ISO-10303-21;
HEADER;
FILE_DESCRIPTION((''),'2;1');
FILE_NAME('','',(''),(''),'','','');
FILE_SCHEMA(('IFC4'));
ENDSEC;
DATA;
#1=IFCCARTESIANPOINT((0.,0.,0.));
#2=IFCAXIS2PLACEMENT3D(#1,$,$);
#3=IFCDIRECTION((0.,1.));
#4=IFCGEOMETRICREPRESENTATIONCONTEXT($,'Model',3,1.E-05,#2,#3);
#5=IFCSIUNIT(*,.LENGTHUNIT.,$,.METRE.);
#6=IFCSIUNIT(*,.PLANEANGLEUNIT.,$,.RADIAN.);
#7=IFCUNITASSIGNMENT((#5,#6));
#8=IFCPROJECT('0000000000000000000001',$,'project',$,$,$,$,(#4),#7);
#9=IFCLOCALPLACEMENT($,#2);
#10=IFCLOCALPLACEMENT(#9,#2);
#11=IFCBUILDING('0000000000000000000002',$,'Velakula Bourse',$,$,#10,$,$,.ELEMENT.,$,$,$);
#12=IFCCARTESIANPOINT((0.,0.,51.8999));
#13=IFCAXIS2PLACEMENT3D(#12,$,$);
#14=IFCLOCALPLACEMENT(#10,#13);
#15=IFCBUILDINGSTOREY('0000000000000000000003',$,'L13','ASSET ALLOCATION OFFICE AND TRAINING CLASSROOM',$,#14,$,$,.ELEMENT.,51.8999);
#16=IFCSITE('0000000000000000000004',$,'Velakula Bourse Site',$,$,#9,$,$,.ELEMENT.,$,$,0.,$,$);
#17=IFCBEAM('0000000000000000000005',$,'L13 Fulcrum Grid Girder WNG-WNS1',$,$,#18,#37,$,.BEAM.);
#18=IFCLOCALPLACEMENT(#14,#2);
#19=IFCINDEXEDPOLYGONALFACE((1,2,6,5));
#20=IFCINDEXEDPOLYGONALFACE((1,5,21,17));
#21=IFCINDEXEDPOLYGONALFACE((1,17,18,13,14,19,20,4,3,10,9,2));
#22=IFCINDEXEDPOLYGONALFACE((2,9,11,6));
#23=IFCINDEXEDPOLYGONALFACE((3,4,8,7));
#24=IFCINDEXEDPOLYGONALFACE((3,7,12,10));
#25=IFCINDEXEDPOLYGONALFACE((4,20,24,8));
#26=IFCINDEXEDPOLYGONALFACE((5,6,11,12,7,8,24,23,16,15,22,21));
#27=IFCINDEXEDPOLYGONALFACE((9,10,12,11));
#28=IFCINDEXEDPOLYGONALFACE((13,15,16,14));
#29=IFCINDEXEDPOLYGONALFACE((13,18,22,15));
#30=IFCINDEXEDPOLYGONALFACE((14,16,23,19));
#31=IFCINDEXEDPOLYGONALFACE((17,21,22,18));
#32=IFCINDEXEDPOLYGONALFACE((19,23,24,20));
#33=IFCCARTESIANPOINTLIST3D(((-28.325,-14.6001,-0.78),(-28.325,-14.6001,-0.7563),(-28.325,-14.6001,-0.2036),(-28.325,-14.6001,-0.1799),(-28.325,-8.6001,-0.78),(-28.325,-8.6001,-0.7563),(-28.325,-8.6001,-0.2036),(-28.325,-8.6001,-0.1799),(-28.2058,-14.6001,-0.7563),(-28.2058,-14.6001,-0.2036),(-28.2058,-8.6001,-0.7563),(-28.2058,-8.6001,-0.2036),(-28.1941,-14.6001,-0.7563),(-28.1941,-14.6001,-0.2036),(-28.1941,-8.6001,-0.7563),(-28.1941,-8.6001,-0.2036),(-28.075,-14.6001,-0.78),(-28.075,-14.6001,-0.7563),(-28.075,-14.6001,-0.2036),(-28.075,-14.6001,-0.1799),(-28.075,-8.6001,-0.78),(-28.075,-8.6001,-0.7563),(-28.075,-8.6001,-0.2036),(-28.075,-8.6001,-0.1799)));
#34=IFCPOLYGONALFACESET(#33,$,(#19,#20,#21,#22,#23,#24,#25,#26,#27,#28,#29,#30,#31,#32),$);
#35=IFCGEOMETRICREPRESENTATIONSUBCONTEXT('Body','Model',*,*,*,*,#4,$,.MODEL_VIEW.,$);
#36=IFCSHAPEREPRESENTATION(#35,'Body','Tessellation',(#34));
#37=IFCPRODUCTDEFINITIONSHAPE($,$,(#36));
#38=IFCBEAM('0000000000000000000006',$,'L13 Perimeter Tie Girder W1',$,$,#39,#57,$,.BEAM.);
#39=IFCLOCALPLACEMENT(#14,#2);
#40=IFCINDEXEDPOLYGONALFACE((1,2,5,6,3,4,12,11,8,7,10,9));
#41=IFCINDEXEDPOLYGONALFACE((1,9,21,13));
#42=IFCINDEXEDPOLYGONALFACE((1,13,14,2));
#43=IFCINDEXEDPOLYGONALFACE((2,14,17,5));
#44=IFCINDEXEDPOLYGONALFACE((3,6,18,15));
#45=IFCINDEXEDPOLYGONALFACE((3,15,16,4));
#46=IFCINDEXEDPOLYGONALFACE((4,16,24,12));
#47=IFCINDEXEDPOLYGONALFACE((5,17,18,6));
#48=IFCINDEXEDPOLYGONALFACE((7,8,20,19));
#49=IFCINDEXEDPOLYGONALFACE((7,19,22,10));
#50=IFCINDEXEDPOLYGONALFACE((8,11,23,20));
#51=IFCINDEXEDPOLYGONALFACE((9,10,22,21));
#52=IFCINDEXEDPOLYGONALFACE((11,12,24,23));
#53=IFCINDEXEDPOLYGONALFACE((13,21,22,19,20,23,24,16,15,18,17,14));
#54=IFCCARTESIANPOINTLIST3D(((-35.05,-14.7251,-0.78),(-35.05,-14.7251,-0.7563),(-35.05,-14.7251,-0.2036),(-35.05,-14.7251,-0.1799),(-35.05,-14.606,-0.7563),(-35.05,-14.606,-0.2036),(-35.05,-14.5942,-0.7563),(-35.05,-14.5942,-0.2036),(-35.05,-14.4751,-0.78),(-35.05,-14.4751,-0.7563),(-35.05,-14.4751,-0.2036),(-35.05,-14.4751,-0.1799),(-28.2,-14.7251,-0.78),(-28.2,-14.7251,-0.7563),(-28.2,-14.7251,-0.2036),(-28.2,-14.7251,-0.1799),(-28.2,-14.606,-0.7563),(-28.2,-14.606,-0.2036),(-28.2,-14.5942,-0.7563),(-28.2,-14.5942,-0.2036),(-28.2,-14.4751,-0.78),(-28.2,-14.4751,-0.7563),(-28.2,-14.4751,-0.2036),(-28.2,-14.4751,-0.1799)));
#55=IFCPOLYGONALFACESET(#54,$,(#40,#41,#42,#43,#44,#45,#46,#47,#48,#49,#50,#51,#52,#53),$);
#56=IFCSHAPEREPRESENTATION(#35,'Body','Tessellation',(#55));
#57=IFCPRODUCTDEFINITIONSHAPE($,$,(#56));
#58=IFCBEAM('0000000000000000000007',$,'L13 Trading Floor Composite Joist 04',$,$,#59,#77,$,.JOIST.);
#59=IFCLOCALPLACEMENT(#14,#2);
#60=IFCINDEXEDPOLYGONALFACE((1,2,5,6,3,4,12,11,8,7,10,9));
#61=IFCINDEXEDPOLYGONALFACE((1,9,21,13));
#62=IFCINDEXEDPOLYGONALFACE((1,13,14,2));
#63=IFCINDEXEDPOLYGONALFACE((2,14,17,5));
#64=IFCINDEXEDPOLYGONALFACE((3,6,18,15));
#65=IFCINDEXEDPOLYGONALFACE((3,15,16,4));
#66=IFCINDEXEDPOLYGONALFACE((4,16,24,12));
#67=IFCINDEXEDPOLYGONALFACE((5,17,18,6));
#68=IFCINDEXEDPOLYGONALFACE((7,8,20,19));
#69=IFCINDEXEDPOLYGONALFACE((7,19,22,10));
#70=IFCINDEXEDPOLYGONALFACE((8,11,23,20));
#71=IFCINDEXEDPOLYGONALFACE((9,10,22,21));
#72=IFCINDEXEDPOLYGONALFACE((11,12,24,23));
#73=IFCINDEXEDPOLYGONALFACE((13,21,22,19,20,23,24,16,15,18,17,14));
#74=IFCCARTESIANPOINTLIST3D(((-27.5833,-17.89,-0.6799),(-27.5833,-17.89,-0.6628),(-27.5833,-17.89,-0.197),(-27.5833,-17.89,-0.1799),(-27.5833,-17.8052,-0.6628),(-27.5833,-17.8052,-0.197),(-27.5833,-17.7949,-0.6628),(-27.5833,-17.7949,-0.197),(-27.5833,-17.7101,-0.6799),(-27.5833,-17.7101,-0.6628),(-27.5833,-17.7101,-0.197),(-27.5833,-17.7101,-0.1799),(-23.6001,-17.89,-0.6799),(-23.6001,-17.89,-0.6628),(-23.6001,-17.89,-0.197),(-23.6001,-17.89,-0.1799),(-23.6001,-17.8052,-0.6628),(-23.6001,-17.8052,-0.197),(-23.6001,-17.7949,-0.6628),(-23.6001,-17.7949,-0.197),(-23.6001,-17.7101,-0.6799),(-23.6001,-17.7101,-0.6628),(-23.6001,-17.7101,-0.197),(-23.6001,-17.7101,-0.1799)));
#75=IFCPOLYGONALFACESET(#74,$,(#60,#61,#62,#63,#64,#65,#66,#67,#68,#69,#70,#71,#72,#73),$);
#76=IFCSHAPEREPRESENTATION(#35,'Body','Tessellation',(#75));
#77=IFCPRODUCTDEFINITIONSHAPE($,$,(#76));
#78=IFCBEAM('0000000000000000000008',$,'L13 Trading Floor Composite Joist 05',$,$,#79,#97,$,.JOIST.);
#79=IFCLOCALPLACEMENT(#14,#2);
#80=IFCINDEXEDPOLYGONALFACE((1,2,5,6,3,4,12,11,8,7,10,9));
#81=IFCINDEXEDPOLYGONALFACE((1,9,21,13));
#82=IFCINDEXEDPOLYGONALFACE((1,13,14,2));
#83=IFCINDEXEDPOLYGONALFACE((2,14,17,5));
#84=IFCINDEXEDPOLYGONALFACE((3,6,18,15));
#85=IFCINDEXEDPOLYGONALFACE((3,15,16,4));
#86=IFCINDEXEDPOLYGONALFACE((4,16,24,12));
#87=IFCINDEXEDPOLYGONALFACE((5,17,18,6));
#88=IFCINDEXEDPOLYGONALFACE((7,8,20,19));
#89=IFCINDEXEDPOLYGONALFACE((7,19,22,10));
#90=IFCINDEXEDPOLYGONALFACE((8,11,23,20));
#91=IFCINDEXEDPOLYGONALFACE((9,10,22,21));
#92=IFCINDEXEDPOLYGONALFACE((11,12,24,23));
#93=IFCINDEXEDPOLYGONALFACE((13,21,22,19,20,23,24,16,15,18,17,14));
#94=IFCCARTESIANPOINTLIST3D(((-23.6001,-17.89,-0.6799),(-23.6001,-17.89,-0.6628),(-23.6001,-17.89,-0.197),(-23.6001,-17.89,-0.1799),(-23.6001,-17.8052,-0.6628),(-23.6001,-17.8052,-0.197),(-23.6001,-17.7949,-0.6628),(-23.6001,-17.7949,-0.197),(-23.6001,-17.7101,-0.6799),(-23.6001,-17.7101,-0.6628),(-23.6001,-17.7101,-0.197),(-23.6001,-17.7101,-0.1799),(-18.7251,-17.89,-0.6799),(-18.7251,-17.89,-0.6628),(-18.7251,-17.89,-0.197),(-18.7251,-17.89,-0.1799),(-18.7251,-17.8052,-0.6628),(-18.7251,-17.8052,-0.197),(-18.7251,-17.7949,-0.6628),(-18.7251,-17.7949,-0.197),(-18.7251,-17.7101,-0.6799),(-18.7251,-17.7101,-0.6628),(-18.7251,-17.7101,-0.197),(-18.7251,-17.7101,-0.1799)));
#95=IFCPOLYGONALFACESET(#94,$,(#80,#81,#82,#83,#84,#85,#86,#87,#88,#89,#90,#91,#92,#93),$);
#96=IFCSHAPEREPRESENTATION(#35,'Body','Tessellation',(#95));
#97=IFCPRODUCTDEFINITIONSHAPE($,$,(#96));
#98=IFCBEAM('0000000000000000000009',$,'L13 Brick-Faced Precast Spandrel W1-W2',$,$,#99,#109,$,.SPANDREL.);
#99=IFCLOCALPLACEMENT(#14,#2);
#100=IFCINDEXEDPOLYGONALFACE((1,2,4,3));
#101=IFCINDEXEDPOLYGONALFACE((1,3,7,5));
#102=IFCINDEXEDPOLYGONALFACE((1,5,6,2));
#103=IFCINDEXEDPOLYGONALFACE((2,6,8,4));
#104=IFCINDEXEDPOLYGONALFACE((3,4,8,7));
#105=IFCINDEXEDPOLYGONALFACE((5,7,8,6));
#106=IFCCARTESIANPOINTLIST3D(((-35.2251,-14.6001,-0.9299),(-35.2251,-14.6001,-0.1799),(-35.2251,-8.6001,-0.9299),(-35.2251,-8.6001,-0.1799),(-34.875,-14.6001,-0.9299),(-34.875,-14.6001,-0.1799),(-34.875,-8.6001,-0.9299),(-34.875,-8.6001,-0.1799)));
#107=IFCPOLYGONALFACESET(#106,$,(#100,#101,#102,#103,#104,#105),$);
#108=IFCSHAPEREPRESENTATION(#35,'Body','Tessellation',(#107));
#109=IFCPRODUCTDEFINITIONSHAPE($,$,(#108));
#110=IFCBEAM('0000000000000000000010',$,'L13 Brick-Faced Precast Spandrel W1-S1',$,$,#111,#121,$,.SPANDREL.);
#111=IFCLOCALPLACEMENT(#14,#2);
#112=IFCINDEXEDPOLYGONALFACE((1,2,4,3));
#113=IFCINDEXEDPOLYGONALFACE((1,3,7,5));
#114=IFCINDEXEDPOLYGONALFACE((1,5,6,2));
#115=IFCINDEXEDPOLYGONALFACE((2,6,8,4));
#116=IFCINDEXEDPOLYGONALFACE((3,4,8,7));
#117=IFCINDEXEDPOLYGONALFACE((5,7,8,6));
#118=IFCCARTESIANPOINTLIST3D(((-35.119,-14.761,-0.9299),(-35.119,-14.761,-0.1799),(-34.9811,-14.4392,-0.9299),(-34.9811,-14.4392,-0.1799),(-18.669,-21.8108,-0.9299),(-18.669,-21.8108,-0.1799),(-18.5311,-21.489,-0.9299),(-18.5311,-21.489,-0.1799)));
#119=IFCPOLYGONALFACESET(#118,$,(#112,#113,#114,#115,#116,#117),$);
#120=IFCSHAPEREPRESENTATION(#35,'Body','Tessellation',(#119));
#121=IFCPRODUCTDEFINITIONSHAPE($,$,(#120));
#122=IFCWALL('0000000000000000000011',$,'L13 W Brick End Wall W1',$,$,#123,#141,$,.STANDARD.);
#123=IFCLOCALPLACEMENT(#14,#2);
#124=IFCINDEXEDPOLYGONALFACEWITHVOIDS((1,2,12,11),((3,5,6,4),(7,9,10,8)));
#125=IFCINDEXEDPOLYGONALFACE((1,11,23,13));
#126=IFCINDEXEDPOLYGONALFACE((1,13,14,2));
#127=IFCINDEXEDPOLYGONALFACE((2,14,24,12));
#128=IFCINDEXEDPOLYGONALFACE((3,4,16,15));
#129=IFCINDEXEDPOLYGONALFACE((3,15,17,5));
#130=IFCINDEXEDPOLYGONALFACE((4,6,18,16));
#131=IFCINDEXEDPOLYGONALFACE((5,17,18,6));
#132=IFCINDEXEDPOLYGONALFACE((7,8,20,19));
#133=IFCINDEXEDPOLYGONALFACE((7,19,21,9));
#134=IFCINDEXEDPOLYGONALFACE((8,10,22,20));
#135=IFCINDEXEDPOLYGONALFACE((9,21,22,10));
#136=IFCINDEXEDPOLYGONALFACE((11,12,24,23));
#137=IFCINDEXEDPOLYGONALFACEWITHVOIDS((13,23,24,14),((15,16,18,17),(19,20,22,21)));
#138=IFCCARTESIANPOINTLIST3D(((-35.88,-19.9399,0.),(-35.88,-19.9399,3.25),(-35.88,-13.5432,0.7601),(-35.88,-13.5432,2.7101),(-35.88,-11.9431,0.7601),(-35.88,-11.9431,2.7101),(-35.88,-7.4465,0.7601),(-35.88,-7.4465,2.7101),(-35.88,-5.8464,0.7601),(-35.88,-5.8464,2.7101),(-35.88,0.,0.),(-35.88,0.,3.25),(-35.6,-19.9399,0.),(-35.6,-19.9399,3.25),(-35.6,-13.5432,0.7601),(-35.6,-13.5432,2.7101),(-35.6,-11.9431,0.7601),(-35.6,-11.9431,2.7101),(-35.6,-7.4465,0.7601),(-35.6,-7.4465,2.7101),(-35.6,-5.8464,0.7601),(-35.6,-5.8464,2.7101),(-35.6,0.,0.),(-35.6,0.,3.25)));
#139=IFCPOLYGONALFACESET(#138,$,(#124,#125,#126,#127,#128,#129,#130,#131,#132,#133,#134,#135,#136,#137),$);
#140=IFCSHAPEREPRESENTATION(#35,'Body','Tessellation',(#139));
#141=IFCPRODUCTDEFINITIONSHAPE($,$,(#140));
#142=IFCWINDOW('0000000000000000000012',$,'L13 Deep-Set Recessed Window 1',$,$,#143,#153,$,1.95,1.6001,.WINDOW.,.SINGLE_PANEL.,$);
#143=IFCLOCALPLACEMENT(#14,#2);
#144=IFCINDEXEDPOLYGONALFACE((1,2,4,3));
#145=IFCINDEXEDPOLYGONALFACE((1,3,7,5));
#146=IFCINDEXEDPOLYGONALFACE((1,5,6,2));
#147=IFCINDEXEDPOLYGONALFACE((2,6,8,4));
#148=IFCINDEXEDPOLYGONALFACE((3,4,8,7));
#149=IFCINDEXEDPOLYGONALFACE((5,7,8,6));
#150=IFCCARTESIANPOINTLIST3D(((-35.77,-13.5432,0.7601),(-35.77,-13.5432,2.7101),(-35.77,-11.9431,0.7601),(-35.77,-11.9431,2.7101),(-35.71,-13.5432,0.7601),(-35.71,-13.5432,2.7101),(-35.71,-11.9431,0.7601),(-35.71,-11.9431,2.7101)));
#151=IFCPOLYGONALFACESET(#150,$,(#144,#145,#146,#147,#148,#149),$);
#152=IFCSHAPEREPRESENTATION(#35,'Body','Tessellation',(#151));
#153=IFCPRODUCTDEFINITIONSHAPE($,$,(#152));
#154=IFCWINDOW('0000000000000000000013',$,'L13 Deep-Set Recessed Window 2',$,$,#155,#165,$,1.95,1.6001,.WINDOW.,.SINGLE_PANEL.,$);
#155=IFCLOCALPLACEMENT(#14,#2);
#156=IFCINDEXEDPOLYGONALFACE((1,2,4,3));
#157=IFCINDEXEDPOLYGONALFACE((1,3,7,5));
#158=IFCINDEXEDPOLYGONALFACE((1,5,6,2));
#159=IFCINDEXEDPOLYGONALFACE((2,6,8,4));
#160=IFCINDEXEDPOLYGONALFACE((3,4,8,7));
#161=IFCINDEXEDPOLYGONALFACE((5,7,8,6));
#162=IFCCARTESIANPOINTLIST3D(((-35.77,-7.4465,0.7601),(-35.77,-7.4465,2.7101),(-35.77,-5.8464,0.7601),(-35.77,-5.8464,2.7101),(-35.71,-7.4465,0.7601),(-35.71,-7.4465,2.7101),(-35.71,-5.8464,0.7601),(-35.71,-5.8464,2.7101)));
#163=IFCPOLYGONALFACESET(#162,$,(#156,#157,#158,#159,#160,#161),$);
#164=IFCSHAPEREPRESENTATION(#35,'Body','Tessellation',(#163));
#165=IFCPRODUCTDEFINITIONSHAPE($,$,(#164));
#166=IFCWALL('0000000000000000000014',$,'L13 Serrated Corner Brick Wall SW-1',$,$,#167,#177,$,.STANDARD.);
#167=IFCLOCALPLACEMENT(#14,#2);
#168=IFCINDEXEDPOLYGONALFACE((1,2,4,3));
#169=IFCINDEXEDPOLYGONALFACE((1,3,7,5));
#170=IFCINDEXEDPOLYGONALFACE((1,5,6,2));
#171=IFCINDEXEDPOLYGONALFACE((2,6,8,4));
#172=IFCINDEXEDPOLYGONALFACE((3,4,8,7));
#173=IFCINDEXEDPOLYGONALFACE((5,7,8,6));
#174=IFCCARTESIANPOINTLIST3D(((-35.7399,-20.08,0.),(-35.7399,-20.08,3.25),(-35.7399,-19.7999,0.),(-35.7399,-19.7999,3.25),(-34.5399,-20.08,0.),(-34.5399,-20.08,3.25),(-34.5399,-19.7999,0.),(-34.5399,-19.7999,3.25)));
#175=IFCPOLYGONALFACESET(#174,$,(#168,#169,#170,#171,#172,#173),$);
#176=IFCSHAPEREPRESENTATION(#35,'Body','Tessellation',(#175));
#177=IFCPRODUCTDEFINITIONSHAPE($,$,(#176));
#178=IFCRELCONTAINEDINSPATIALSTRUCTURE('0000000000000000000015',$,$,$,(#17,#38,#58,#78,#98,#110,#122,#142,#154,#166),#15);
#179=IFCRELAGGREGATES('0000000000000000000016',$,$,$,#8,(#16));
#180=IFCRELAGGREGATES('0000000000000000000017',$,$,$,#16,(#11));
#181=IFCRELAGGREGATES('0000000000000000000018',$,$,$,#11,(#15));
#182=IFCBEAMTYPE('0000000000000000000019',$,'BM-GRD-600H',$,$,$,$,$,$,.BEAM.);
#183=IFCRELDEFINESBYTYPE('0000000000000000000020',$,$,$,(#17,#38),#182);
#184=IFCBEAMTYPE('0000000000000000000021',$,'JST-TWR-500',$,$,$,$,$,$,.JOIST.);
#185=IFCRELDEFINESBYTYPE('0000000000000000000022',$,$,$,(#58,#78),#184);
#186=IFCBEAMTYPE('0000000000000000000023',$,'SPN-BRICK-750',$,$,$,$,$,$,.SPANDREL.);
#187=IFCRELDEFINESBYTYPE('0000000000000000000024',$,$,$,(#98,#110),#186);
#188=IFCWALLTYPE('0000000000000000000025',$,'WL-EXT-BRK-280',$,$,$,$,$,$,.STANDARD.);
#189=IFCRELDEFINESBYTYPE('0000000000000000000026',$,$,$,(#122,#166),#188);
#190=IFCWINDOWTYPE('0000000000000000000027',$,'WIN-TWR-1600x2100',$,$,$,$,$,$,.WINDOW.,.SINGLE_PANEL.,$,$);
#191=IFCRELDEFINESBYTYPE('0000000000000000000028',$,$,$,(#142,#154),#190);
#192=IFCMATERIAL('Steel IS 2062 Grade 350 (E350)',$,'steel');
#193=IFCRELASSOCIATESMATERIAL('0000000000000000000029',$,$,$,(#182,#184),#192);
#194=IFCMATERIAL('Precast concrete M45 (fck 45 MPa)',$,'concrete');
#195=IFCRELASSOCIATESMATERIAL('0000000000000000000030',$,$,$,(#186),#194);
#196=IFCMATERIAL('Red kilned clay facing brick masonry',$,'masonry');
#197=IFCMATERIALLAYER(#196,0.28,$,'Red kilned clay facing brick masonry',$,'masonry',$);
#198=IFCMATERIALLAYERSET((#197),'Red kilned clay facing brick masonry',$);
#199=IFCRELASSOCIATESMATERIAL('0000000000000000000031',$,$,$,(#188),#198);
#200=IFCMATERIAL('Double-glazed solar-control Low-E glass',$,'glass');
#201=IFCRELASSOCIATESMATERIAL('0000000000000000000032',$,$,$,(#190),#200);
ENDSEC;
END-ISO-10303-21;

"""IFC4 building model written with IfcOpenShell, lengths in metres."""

from ifc_helpers import new_model, si_unit, direction, frame, frame_2d, origin, origin_2d, place, context, subcontext, project, spatial, rectangle, i_section, extrude, material, layer, layer_set, material_profile, profile_set, type_object, element, fill, save


model = new_model("IFC4")

# Units and contexts
model_context = context("Model", 3, precision=1e-05, world=origin(), true_north=direction((0.0, 1.0)))
body_context = subcontext(model_context, "Body", "Model", "MODEL_VIEW")
ifc_project = project(units=[si_unit("LENGTHUNIT", "METRE"), si_unit("PLANEANGLEUNIT", "RADIAN")], contexts=[model_context])

# Site, building, storey
site_placement = place(None, origin())
site = spatial("IfcSite", under=ifc_project, at=site_placement, Name="Velakula Bourse Site", CompositionType="ELEMENT", RefElevation=0.0)
building_placement = place(site_placement, origin())
building = spatial("IfcBuilding", under=site, at=building_placement, Name="Velakula Bourse", CompositionType="ELEMENT")
storey_placement = place(building_placement, frame((0.0, 0.0, 51.8999)))
storey = spatial("IfcBuildingStorey", under=building, at=storey_placement, Name="L13", Description="ASSET ALLOCATION OFFICE AND TRAINING CLASSROOM", CompositionType="ELEMENT", Elevation=51.8999)

# Shared definitions
ifc_material_1 = material(Name="Precast concrete M45 (fck 45 MPa)", Category="concrete")

# Beams
ifc_material_2 = material(Name="Steel IS 2062 Grade 350 (E350)", Category="steel")
ifc_material_profile_1 = material_profile(ifc_material_2, i_section(OverallWidth=0.25, OverallDepth=0.6001, WebThickness=0.0117, FlangeThickness=0.0237, at=origin_2d()), Name="Steel IS 2062 Grade 350 (E350)")
ifc_profile_set_1 = profile_set([ifc_material_profile_1], Name="Steel IS 2062 Grade 350 (E350)")
beam_type_1 = type_object("IfcBeamType", Name="BM-GRD-600H", PredefinedType="BEAM", material=ifc_profile_set_1)
beam_1_placement = place(storey_placement, frame((-28.2, -14.6001, -0.48), z_axis=(0.0, 1.0, 0.0), x_axis=(-1.0, 0.0, 0.0)))
element("IfcBeam", 1, at=beam_1_placement, inside=storey, type_object=beam_type_1, Name="L13 Fulcrum Grid Girder WNG-WNS1", PredefinedType="BEAM", context=body_context, shape_type="SweptSolid", body=[
    extrude(i_section(OverallWidth=0.25, OverallDepth=0.6001, WebThickness=0.0117, FlangeThickness=0.0237, at=origin_2d()), origin(), (0.0, 0.0, 1.0), 6.0),
])
beam_2_placement = place(storey_placement, frame((-28.2, -14.6001, -0.48), z_axis=(-1.0, 0.0, 0.0), x_axis=(0.0, -1.0, 0.0)))
element("IfcBeam", 2, at=beam_2_placement, inside=storey, type_object=beam_type_1, Name="L13 Perimeter Tie Girder W1", PredefinedType="BEAM", context=body_context, shape_type="SweptSolid", body=[
    extrude(i_section(OverallWidth=0.25, OverallDepth=0.6001, WebThickness=0.0117, FlangeThickness=0.0237, at=origin_2d()), origin(), (0.0, 0.0, 1.0), 6.8501),
])
ifc_material_profile_2 = material_profile(ifc_material_2, i_section(OverallWidth=0.1799, OverallDepth=0.5, WebThickness=0.0103, FlangeThickness=0.0171, at=origin_2d()), Name="Steel IS 2062 Grade 350 (E350)")
ifc_profile_set_2 = profile_set([ifc_material_profile_2], Name="Steel IS 2062 Grade 350 (E350)")
beam_type_2 = type_object("IfcBeamType", Name="JST-TWR-500", PredefinedType="JOIST", material=ifc_profile_set_2)
beam_3_placement = place(storey_placement, frame((-27.5833, -17.8, -0.4299), z_axis=(1.0, 0.0, 0.0), x_axis=(0.0, 1.0, 0.0)))
element("IfcBeam", 3, at=beam_3_placement, inside=storey, type_object=beam_type_2, Name="L13 Trading Floor Composite Joist 04", PredefinedType="JOIST", context=body_context, shape_type="SweptSolid", body=[
    extrude(i_section(OverallWidth=0.1799, OverallDepth=0.5, WebThickness=0.0103, FlangeThickness=0.0171, at=origin_2d()), origin(), (0.0, 0.0, 1.0), 3.9832),
])
beam_4_placement = place(storey_placement, frame((-23.6001, -17.8, -0.4299), z_axis=(1.0, 0.0, 0.0), x_axis=(0.0, 1.0, 0.0)))
element("IfcBeam", 4, at=beam_4_placement, inside=storey, type_object=beam_type_2, Name="L13 Trading Floor Composite Joist 05", PredefinedType="JOIST", context=body_context, shape_type="SweptSolid", body=[
    extrude(i_section(OverallWidth=0.1799, OverallDepth=0.5, WebThickness=0.0103, FlangeThickness=0.0171, at=origin_2d()), origin(), (0.0, 0.0, 1.0), 4.875),
])
ifc_material_profile_3 = material_profile(ifc_material_1, rectangle(XDim=0.3501, YDim=0.75, at=origin_2d()), Name="Precast concrete M45 (fck 45 MPa)")
ifc_profile_set_3 = profile_set([ifc_material_profile_3], Name="Precast concrete M45 (fck 45 MPa)")
beam_type_3 = type_object("IfcBeamType", Name="SPN-BRICK-750", PredefinedType="SPANDREL", material=ifc_profile_set_3)
beam_5_placement = place(storey_placement, frame((-35.05, -14.6001, -0.5549), z_axis=(0.0, 1.0, 0.0), x_axis=(-1.0, 0.0, 0.0)))
element("IfcBeam", 5, at=beam_5_placement, inside=storey, type_object=beam_type_3, Name="L13 Brick-Faced Precast Spandrel W1-W2", PredefinedType="SPANDREL", context=body_context, shape_type="SweptSolid", body=[
    extrude(rectangle(XDim=0.3501, YDim=0.75, at=origin_2d()), origin(), (0.0, 0.0, 1.0), 6.0),
])
beam_6_placement = place(storey_placement, frame((-35.05, -14.6001, -0.5549), z_axis=(0.919149, -0.393911, 0.0), x_axis=(0.393911, 0.919149, 0.0)))
element("IfcBeam", 6, at=beam_6_placement, inside=storey, type_object=beam_type_3, Name="L13 Brick-Faced Precast Spandrel W1-S1", PredefinedType="SPANDREL", context=body_context, shape_type="SweptSolid", body=[
    extrude(rectangle(XDim=0.3501, YDim=0.75, at=origin_2d()), origin(), (0.0, 0.0, 1.0), 17.897),
])

# Wall, openings, windows
ifc_material_3 = material(Name="Red kilned clay facing brick masonry", Category="masonry")
ifc_layer_1 = layer(ifc_material_3, 0.28, Name="Red kilned clay facing brick masonry", Category="masonry")
ifc_layer_set_1 = layer_set([ifc_layer_1], Name="Red kilned clay facing brick masonry")
wall_type_1 = type_object("IfcWallType", Name="WL-EXT-BRK-280", PredefinedType="STANDARD", material=ifc_layer_set_1)
wall_1_placement = place(storey_placement, frame((-35.74, -19.9399, 0.0), z_axis=(0.0, 0.0, 1.0), x_axis=(0.0, 1.0, 0.0)))
wall_1 = element("IfcWall", 7, at=wall_1_placement, inside=storey, type_object=wall_type_1, Name="L13 W Brick End Wall W1", PredefinedType="STANDARD", context=body_context, shape_type="SweptSolid", body=[
    extrude(rectangle(XDim=19.9399, YDim=0.28, at=frame_2d((9.97, 0.0))), origin(), (0.0, 0.0, 1.0), 3.25),
])
opening_1_placement = place(wall_1_placement, frame((6.3967, 0.0, 0.76)))
opening_1 = element("IfcOpeningElement", 8, at=opening_1_placement, cuts=wall_1, PredefinedType="OPENING", context=body_context, shape_type="SweptSolid", body=[
    extrude(rectangle(XDim=1.6001, YDim=1.95, at=frame_2d((0.8, 0.9751))), frame((0.0, 0.1499, 0.0), z_axis=(0.0, -1.0, 0.0), x_axis=(1.0, 0.0, 0.0)), (0.0, 0.0, 1.0), 0.3),
])
opening_2_placement = place(wall_1_placement, frame((12.4934, 0.0, 0.76)))
opening_2 = element("IfcOpeningElement", 9, at=opening_2_placement, cuts=wall_1, PredefinedType="OPENING", context=body_context, shape_type="SweptSolid", body=[
    extrude(rectangle(XDim=1.6001, YDim=1.95, at=frame_2d((0.8, 0.9751))), frame((0.0, 0.1499, 0.0), z_axis=(0.0, -1.0, 0.0), x_axis=(1.0, 0.0, 0.0)), (0.0, 0.0, 1.0), 0.3),
])
ifc_material_4 = material(Name="Double-glazed solar-control Low-E glass", Category="glass")
window_type = type_object("IfcWindowType", Name="WIN-TWR-1600x2100", PartitioningType="SINGLE_PANEL", PredefinedType="WINDOW", material=ifc_material_4)
window_1_placement = place(opening_1_placement, origin())
window_1 = element("IfcWindow", 10, at=window_1_placement, inside=storey, type_object=window_type, Name="L13 Deep-Set Recessed Window 1", OverallHeight=1.95, OverallWidth=1.6001, PartitioningType="SINGLE_PANEL", PredefinedType="WINDOW", context=body_context, shape_type="SweptSolid", body=[
    extrude(rectangle(XDim=1.6001, YDim=1.95, at=frame_2d((0.8, 0.9751))), frame((0.0, 0.03, 0.0), z_axis=(0.0, -1.0, 0.0), x_axis=(1.0, 0.0, 0.0)), (0.0, 0.0, 1.0), 0.0601),
])
fill(opening_1, window_1)
window_2_placement = place(opening_2_placement, origin())
window_2 = element("IfcWindow", 11, at=window_2_placement, inside=storey, type_object=window_type, Name="L13 Deep-Set Recessed Window 2", OverallHeight=1.95, OverallWidth=1.6001, PartitioningType="SINGLE_PANEL", PredefinedType="WINDOW", context=body_context, shape_type="SweptSolid", body=[
    extrude(rectangle(XDim=1.6001, YDim=1.95, at=frame_2d((0.8, 0.9751))), frame((0.0, 0.03, 0.0), z_axis=(0.0, -1.0, 0.0), x_axis=(1.0, 0.0, 0.0)), (0.0, 0.0, 1.0), 0.0601),
])
fill(opening_2, window_2)

# Wall
for number, where, z_axis, x_axis, name in (
    (12, (-35.74, -19.9399, 0.0), (0.0, 0.0, 1.0), (1.0, 0.0, 0.0), "L13 Serrated Corner Brick Wall SW-1"),
):
    element("IfcWall", number, at=place(storey_placement, frame(where, z_axis=z_axis, x_axis=x_axis)), inside=storey, type_object=wall_type_1, Name=name, PredefinedType="STANDARD", context=body_context, shape_type="SweptSolid", body=[
        extrude(rectangle(XDim=1.2, YDim=0.28, at=frame_2d((0.6001, 0.0))), origin(), (0.0, 0.0, 1.0), 3.25),
    ])

save(model, "model.ifc")
